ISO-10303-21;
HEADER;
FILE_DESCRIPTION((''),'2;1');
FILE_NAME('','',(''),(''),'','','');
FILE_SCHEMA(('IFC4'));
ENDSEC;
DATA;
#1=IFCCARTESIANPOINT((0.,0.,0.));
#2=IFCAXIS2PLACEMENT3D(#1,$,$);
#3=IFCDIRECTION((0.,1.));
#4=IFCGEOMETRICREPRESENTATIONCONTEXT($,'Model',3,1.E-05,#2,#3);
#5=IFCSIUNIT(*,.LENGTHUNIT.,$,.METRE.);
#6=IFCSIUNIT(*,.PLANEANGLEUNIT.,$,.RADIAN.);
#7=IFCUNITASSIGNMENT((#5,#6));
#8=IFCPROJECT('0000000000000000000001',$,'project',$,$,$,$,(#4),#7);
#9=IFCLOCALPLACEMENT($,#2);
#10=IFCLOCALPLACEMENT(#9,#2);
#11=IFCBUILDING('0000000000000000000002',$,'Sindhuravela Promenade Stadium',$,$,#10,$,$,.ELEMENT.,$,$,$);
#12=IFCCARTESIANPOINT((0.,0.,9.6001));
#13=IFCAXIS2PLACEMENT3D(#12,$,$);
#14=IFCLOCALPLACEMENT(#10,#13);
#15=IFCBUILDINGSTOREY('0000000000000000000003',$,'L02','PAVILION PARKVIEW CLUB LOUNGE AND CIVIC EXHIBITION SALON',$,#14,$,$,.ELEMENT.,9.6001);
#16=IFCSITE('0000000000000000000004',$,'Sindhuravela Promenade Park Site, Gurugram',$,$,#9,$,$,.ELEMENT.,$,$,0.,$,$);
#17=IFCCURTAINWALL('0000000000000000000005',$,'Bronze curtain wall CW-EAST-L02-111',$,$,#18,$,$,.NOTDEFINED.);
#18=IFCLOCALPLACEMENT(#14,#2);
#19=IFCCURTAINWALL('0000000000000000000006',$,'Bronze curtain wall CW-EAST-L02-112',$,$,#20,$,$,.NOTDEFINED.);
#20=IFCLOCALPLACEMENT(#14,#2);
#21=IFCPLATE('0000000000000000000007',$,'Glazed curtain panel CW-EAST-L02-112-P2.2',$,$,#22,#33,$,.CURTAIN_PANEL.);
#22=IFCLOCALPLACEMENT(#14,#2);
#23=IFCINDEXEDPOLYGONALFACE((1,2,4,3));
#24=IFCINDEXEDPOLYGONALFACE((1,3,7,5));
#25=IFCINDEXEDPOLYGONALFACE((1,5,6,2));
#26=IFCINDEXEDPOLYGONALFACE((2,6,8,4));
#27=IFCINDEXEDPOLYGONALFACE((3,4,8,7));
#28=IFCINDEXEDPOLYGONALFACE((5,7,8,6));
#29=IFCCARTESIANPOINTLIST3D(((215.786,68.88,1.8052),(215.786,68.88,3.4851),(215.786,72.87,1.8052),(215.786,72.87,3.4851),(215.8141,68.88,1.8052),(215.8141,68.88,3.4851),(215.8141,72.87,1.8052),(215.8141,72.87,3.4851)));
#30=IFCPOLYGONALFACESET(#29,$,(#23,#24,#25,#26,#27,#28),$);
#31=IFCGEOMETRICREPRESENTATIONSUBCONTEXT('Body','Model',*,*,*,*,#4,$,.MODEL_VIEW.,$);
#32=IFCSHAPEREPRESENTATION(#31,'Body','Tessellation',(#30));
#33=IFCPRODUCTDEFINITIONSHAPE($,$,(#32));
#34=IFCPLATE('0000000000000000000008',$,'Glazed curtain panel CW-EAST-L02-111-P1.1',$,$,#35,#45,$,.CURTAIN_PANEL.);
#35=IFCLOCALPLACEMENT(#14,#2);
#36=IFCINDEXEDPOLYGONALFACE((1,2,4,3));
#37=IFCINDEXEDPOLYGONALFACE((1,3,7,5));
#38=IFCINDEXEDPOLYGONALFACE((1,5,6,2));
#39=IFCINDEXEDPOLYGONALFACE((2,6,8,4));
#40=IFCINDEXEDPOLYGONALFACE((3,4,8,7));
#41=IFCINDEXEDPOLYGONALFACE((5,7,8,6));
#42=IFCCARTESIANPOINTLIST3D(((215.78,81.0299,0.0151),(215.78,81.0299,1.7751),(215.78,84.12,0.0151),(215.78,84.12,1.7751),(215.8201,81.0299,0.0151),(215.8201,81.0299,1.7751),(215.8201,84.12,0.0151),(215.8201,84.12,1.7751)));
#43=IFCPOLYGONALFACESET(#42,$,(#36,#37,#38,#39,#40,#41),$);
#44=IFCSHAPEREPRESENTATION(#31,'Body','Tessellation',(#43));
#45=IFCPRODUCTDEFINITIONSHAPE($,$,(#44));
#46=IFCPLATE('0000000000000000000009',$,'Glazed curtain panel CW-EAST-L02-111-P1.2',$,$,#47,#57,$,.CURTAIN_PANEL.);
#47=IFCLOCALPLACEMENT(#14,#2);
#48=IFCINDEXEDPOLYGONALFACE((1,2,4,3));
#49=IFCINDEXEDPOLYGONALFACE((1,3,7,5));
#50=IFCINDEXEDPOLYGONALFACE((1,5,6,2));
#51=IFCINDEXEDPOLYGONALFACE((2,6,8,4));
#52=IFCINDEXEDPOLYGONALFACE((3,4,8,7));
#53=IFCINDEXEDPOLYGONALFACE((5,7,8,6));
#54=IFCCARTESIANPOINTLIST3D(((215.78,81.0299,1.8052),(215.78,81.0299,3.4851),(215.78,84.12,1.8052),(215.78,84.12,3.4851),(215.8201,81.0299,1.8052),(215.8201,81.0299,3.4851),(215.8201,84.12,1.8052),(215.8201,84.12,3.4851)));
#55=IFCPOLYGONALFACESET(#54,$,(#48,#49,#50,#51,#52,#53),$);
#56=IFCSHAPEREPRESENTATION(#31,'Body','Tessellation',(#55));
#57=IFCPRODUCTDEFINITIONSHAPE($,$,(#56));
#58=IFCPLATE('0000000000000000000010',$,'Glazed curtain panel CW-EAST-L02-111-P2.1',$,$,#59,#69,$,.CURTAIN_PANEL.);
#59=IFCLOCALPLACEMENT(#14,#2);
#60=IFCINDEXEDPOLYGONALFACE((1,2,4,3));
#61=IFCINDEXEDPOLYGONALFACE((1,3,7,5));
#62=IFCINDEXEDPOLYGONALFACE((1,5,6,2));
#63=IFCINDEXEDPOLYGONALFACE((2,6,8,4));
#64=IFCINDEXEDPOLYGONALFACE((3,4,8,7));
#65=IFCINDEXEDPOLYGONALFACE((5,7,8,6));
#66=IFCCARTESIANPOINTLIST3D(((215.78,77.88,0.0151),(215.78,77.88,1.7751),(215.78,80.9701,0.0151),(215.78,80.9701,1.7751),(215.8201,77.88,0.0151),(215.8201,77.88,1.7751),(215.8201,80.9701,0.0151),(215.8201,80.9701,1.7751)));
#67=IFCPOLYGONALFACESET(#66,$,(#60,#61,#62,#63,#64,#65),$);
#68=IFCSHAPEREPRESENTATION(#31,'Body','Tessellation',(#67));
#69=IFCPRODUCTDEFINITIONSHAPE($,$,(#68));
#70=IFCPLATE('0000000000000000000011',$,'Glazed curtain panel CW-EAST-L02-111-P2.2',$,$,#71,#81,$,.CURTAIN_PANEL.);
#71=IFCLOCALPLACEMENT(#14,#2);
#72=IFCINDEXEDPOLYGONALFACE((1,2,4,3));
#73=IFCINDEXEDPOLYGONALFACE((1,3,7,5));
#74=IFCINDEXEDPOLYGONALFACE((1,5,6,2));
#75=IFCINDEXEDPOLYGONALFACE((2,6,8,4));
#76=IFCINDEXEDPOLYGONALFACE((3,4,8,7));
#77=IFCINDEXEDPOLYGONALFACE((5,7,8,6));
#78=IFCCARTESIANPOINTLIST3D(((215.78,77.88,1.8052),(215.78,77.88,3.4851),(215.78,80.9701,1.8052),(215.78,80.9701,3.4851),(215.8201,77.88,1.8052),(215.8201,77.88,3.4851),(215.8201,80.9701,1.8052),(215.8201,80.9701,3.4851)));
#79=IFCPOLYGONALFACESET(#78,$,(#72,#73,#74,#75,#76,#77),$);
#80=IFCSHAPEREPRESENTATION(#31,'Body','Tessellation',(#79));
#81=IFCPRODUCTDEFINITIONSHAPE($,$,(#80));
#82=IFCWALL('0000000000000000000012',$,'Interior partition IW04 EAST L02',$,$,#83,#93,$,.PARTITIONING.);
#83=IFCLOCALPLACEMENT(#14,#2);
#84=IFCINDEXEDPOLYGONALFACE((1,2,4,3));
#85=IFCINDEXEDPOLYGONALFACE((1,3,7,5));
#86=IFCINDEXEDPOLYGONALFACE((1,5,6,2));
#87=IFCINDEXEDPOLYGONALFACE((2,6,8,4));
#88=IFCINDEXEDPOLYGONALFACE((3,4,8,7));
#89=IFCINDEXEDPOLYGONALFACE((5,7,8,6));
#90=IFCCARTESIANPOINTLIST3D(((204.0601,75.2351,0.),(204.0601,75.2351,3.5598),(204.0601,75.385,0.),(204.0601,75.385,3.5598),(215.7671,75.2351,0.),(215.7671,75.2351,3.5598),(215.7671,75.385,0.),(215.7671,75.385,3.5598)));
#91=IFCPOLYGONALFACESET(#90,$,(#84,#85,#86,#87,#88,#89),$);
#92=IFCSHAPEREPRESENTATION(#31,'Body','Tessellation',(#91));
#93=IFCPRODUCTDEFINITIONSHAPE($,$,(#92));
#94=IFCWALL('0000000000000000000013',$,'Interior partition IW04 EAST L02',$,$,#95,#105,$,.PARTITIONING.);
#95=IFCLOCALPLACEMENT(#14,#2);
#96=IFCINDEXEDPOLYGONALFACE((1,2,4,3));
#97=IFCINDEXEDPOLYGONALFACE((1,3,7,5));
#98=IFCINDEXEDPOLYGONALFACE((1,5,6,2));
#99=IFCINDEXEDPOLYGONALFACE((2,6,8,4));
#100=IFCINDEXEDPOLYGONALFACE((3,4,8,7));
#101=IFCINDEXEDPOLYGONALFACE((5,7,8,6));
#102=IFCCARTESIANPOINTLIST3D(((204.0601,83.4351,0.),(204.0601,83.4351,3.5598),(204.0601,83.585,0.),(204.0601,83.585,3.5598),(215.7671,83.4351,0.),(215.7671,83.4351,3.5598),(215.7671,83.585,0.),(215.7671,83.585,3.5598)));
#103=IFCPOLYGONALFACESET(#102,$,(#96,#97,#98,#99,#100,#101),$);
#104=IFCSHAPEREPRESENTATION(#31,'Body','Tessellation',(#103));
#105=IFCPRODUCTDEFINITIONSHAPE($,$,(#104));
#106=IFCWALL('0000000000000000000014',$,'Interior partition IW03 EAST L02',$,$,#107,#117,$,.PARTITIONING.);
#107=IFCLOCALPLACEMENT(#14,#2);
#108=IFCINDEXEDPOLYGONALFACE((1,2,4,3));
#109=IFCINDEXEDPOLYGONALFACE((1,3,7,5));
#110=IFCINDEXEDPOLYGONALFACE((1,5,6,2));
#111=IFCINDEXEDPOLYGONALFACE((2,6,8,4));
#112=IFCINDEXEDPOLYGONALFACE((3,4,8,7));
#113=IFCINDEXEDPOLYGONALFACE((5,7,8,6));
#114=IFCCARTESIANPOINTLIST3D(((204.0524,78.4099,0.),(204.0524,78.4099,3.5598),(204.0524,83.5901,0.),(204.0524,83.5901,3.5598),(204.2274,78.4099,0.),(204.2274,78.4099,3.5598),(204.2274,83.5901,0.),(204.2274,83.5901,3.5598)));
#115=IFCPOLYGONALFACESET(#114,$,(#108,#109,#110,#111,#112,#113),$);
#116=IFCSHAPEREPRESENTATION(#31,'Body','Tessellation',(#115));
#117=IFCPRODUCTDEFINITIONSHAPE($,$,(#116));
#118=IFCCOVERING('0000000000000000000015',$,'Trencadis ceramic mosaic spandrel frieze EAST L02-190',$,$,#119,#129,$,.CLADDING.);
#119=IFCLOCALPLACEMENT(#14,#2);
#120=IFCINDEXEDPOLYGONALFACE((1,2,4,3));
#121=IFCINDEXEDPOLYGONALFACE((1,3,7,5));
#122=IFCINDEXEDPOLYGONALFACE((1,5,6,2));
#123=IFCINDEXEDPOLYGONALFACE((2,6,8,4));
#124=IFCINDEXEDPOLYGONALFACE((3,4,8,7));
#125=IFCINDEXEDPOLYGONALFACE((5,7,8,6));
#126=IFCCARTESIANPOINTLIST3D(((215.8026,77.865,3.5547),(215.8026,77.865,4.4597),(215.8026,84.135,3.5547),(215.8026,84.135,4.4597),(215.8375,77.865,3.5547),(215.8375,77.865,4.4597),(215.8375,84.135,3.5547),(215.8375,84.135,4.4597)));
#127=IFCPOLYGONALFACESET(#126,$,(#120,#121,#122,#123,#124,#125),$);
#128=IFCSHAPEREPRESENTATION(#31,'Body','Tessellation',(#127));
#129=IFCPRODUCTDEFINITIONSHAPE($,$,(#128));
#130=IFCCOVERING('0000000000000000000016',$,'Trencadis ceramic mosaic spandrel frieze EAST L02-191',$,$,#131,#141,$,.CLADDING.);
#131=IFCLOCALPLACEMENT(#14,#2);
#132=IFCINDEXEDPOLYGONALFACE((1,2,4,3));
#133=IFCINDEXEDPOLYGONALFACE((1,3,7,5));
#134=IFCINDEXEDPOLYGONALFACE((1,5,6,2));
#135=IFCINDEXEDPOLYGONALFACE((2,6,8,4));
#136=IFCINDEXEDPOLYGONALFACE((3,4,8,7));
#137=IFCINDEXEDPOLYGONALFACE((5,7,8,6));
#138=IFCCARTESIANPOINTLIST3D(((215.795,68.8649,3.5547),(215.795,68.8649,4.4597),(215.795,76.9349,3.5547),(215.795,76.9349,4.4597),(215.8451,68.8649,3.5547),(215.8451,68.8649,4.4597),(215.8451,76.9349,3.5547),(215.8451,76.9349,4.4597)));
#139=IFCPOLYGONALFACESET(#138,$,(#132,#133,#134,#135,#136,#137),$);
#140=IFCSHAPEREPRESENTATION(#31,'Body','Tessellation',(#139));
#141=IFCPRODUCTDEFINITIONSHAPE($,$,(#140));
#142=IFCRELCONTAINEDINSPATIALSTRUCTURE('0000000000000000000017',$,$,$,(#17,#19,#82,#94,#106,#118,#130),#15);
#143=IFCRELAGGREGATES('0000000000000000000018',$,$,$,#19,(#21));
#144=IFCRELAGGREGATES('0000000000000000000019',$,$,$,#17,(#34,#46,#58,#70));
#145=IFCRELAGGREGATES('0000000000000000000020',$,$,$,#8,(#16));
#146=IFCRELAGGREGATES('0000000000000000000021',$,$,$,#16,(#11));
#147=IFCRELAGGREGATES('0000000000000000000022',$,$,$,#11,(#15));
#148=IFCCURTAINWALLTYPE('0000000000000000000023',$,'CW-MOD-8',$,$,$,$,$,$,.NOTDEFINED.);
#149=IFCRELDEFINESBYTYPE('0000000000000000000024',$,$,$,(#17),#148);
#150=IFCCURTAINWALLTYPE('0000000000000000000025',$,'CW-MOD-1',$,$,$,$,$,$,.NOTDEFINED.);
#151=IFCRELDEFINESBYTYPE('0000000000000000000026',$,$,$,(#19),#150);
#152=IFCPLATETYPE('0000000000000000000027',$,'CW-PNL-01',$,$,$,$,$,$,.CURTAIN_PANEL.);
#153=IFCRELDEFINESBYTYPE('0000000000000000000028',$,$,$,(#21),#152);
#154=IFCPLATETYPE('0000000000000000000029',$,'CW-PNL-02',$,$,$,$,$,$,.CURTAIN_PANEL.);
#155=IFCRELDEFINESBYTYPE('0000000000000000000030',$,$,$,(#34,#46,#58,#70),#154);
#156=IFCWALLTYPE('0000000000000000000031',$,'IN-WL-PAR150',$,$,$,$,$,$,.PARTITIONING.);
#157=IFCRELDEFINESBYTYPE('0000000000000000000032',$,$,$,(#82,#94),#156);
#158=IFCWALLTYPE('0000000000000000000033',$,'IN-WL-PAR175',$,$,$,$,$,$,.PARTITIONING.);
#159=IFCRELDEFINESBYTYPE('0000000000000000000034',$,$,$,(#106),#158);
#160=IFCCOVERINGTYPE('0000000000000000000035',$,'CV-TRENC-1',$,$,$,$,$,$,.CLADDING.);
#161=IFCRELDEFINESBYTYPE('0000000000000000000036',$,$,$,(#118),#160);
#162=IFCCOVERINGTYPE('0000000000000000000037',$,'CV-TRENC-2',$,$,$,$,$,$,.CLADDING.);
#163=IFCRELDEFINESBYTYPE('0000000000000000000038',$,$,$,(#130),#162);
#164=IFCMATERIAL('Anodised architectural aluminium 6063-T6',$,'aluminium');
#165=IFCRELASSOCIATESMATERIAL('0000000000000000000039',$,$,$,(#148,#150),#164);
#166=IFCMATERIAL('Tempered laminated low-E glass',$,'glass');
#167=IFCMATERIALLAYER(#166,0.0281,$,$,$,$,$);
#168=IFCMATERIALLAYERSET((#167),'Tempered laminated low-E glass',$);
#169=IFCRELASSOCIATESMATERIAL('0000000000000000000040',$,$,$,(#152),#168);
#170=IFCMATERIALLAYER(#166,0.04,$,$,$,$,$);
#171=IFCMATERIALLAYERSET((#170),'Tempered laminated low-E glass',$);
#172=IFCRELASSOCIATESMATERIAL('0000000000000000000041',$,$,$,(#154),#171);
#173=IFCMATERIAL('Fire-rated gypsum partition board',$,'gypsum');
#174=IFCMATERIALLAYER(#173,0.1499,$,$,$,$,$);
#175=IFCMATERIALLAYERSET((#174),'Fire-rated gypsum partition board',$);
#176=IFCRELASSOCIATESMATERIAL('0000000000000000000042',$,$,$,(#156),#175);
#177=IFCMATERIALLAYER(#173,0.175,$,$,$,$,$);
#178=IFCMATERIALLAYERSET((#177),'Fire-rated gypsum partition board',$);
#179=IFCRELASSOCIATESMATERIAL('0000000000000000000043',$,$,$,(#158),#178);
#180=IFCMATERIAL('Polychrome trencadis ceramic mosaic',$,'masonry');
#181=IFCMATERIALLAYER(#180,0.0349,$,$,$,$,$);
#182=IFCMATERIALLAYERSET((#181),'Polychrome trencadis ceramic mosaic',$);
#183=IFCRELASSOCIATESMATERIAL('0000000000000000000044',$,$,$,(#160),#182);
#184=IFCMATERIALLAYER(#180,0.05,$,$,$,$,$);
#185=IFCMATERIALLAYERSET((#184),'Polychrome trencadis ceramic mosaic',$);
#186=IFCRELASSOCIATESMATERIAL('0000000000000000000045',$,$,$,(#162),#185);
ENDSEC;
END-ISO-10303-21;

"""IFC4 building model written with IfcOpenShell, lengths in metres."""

from ifc_helpers import new_model, si_unit, direction, frame, frame_2d, origin, origin_2d, place, context, subcontext, project, spatial, rectangle, extrude, material, layer, layer_set, type_object, element, aggregate, save


model = new_model("IFC4")

# Units and contexts
model_context = context("Model", 3, precision=1e-05, world=origin(), true_north=direction((0.0, 1.0)))
body_context = subcontext(model_context, "Body", "Model", "MODEL_VIEW")
ifc_project = project(units=[si_unit("LENGTHUNIT", "METRE"), si_unit("PLANEANGLEUNIT", "RADIAN")], contexts=[model_context])

# Site, building, storey
site_placement = place(None, origin())
site = spatial("IfcSite", under=ifc_project, at=site_placement, Name="Sindhuravela Promenade Park Site, Gurugram", CompositionType="ELEMENT", RefElevation=0.0)
building_placement = place(site_placement, origin())
building = spatial("IfcBuilding", under=site, at=building_placement, Name="Sindhuravela Promenade Stadium", CompositionType="ELEMENT")
storey_placement = place(building_placement, frame((0.0, 0.0, 9.6001)))
storey = spatial("IfcBuildingStorey", under=building, at=storey_placement, Name="L02", Description="PAVILION PARKVIEW CLUB LOUNGE AND CIVIC EXHIBITION SALON", CompositionType="ELEMENT", Elevation=9.6001)

# Curtain walls
ifc_material_1 = material(Name="Anodised architectural aluminium 6063-T6", Category="aluminium")
curtain_wall_type_1 = type_object("IfcCurtainWallType", Name="CW-MOD-8", PredefinedType="NOTDEFINED", material=ifc_material_1)
curtain_wall_1_placement = place(storey_placement, origin())
curtain_wall_1 = element("IfcCurtainWall", 1, at=curtain_wall_1_placement, inside=storey, type_object=curtain_wall_type_1, Name="Bronze curtain wall CW-EAST-L02-111", PredefinedType="NOTDEFINED")
curtain_wall_type_2 = type_object("IfcCurtainWallType", Name="CW-MOD-1", PredefinedType="NOTDEFINED", material=ifc_material_1)
curtain_wall_2_placement = place(storey_placement, origin())
curtain_wall_2 = element("IfcCurtainWall", 2, at=curtain_wall_2_placement, inside=storey, type_object=curtain_wall_type_2, Name="Bronze curtain wall CW-EAST-L02-112", PredefinedType="NOTDEFINED")

# Plates
ifc_material_2 = material(Name="Tempered laminated low-E glass", Category="glass")
ifc_layer_1 = layer(ifc_material_2, 0.0281)
ifc_layer_set_1 = layer_set([ifc_layer_1], Name="Tempered laminated low-E glass")
plate_type_1 = type_object("IfcPlateType", Name="CW-PNL-01", PredefinedType="CURTAIN_PANEL", material=ifc_layer_set_1)
plate_1_placement = place(storey_placement, frame((215.8, 70.875, 1.8052), z_axis=(0.0, 0.0, 1.0), x_axis=(0.0, -1.0, 0.0)))
plate_1 = element("IfcPlate", 3, at=plate_1_placement, type_object=plate_type_1, Name="Glazed curtain panel CW-EAST-L02-112-P2.2", PredefinedType="CURTAIN_PANEL", context=body_context, shape_type="SweptSolid", body=[
    extrude(rectangle(XDim=3.99, YDim=0.0281, at=origin_2d()), origin(), (0.0, 0.0, 1.0), 1.6799),
])
aggregate(curtain_wall_2, [plate_1])
ifc_layer_2 = layer(ifc_material_2, 0.04)
ifc_layer_set_2 = layer_set([ifc_layer_2], Name="Tempered laminated low-E glass")
plate_type_2 = type_object("IfcPlateType", Name="CW-PNL-02", PredefinedType="CURTAIN_PANEL", material=ifc_layer_set_2)
plate_2_placement = place(storey_placement, frame((215.8, 82.575, 0.0151), z_axis=(0.0, 0.0, 1.0), x_axis=(0.0, -1.0, 0.0)))
plate_2 = element("IfcPlate", 4, at=plate_2_placement, type_object=plate_type_2, Name="Glazed curtain panel CW-EAST-L02-111-P1.1", PredefinedType="CURTAIN_PANEL", context=body_context, shape_type="SweptSolid", body=[
    extrude(rectangle(XDim=3.0901, YDim=0.04, at=origin_2d()), origin(), (0.0, 0.0, 1.0), 1.76),
])
plate_3_placement = place(storey_placement, frame((215.8, 82.575, 1.8052), z_axis=(0.0, 0.0, 1.0), x_axis=(0.0, -1.0, 0.0)))
plate_3 = element("IfcPlate", 5, at=plate_3_placement, type_object=plate_type_2, Name="Glazed curtain panel CW-EAST-L02-111-P1.2", PredefinedType="CURTAIN_PANEL", context=body_context, shape_type="SweptSolid", body=[
    extrude(rectangle(XDim=3.0901, YDim=0.04, at=origin_2d()), origin(), (0.0, 0.0, 1.0), 1.6799),
])
plate_4_placement = place(storey_placement, frame((215.8, 79.425, 0.0151), z_axis=(0.0, 0.0, 1.0), x_axis=(0.0, -1.0, 0.0)))
plate_4 = element("IfcPlate", 6, at=plate_4_placement, type_object=plate_type_2, Name="Glazed curtain panel CW-EAST-L02-111-P2.1", PredefinedType="CURTAIN_PANEL", context=body_context, shape_type="SweptSolid", body=[
    extrude(rectangle(XDim=3.0901, YDim=0.04, at=origin_2d()), origin(), (0.0, 0.0, 1.0), 1.76),
])
plate_5_placement = place(storey_placement, frame((215.8, 79.425, 1.8052), z_axis=(0.0, 0.0, 1.0), x_axis=(0.0, -1.0, 0.0)))
plate_5 = element("IfcPlate", 7, at=plate_5_placement, type_object=plate_type_2, Name="Glazed curtain panel CW-EAST-L02-111-P2.2", PredefinedType="CURTAIN_PANEL", context=body_context, shape_type="SweptSolid", body=[
    extrude(rectangle(XDim=3.0901, YDim=0.04, at=origin_2d()), origin(), (0.0, 0.0, 1.0), 1.6799),
])
aggregate(curtain_wall_1, [plate_2, plate_3, plate_4, plate_5])

# Walls
ifc_material_3 = material(Name="Fire-rated gypsum partition board", Category="gypsum")
ifc_layer_3 = layer(ifc_material_3, 0.1499)
ifc_layer_set_3 = layer_set([ifc_layer_3], Name="Fire-rated gypsum partition board")
wall_type_1 = type_object("IfcWallType", Name="IN-WL-PAR150", PredefinedType="PARTITIONING", material=ifc_layer_set_3)
for number, where, z_axis, x_axis, name in (
    (8, (204.0601, 75.3101, 0.0), (0.0, 0.0, 1.0), (1.0, 0.0, 0.0), "Interior partition IW04 EAST L02"),
    (9, (204.0601, 83.51, 0.0), (0.0, 0.0, 1.0), (1.0, 0.0, 0.0), "Interior partition IW04 EAST L02"),
):
    element("IfcWall", number, at=place(storey_placement, frame(where, z_axis=z_axis, x_axis=x_axis)), inside=storey, type_object=wall_type_1, Name=name, PredefinedType="PARTITIONING", context=body_context, shape_type="SweptSolid", body=[
        extrude(rectangle(XDim=11.707, YDim=0.1499, at=frame_2d((5.8535, 0.0))), origin(), (0.0, 0.0, 1.0), 3.5598),
    ])
ifc_layer_4 = layer(ifc_material_3, 0.175)
ifc_layer_set_4 = layer_set([ifc_layer_4], Name="Fire-rated gypsum partition board")
wall_type_2 = type_object("IfcWallType", Name="IN-WL-PAR175", PredefinedType="PARTITIONING", material=ifc_layer_set_4)
wall_placement = place(storey_placement, frame((204.1399, 78.4099, 0.0), z_axis=(0.0, 0.0, 1.0), x_axis=(0.0, 1.0, 0.0)))
element("IfcWall", 10, at=wall_placement, inside=storey, type_object=wall_type_2, Name="Interior partition IW03 EAST L02", PredefinedType="PARTITIONING", context=body_context, shape_type="SweptSolid", body=[
    extrude(rectangle(XDim=5.1802, YDim=0.175, at=frame_2d((2.5901, 0.0))), origin(), (0.0, 0.0, 1.0), 3.5598),
])

# Coverings
ifc_material_4 = material(Name="Polychrome trencadis ceramic mosaic", Category="masonry")
ifc_layer_5 = layer(ifc_material_4, 0.0349)
ifc_layer_set_5 = layer_set([ifc_layer_5], Name="Polychrome trencadis ceramic mosaic")
covering_type_1 = type_object("IfcCoveringType", Name="CV-TRENC-1", PredefinedType="CLADDING", material=ifc_layer_set_5)
covering_1_placement = place(storey_placement, frame((215.8201, 81.0, 3.5547), z_axis=(0.0, 0.0, 1.0), x_axis=(0.0, -1.0, 0.0)))
element("IfcCovering", 11, at=covering_1_placement, inside=storey, type_object=covering_type_1, Name="Trencadis ceramic mosaic spandrel frieze EAST L02-190", PredefinedType="CLADDING", context=body_context, shape_type="SweptSolid", body=[
    extrude(rectangle(XDim=6.27, YDim=0.0349, at=origin_2d()), origin(), (0.0, 0.0, 1.0), 0.905),
])
ifc_layer_6 = layer(ifc_material_4, 0.05)
ifc_layer_set_6 = layer_set([ifc_layer_6], Name="Polychrome trencadis ceramic mosaic")
covering_type_2 = type_object("IfcCoveringType", Name="CV-TRENC-2", PredefinedType="CLADDING", material=ifc_layer_set_6)
covering_2_placement = place(storey_placement, frame((215.8201, 72.8999, 3.5547), z_axis=(0.0, 0.0, 1.0), x_axis=(0.0, -1.0, 0.0)))
element("IfcCovering", 12, at=covering_2_placement, inside=storey, type_object=covering_type_2, Name="Trencadis ceramic mosaic spandrel frieze EAST L02-191", PredefinedType="CLADDING", context=body_context, shape_type="SweptSolid", body=[
    extrude(rectangle(XDim=8.0701, YDim=0.05, at=origin_2d()), origin(), (0.0, 0.0, 1.0), 0.905),
])

save(model, "model.ifc")
